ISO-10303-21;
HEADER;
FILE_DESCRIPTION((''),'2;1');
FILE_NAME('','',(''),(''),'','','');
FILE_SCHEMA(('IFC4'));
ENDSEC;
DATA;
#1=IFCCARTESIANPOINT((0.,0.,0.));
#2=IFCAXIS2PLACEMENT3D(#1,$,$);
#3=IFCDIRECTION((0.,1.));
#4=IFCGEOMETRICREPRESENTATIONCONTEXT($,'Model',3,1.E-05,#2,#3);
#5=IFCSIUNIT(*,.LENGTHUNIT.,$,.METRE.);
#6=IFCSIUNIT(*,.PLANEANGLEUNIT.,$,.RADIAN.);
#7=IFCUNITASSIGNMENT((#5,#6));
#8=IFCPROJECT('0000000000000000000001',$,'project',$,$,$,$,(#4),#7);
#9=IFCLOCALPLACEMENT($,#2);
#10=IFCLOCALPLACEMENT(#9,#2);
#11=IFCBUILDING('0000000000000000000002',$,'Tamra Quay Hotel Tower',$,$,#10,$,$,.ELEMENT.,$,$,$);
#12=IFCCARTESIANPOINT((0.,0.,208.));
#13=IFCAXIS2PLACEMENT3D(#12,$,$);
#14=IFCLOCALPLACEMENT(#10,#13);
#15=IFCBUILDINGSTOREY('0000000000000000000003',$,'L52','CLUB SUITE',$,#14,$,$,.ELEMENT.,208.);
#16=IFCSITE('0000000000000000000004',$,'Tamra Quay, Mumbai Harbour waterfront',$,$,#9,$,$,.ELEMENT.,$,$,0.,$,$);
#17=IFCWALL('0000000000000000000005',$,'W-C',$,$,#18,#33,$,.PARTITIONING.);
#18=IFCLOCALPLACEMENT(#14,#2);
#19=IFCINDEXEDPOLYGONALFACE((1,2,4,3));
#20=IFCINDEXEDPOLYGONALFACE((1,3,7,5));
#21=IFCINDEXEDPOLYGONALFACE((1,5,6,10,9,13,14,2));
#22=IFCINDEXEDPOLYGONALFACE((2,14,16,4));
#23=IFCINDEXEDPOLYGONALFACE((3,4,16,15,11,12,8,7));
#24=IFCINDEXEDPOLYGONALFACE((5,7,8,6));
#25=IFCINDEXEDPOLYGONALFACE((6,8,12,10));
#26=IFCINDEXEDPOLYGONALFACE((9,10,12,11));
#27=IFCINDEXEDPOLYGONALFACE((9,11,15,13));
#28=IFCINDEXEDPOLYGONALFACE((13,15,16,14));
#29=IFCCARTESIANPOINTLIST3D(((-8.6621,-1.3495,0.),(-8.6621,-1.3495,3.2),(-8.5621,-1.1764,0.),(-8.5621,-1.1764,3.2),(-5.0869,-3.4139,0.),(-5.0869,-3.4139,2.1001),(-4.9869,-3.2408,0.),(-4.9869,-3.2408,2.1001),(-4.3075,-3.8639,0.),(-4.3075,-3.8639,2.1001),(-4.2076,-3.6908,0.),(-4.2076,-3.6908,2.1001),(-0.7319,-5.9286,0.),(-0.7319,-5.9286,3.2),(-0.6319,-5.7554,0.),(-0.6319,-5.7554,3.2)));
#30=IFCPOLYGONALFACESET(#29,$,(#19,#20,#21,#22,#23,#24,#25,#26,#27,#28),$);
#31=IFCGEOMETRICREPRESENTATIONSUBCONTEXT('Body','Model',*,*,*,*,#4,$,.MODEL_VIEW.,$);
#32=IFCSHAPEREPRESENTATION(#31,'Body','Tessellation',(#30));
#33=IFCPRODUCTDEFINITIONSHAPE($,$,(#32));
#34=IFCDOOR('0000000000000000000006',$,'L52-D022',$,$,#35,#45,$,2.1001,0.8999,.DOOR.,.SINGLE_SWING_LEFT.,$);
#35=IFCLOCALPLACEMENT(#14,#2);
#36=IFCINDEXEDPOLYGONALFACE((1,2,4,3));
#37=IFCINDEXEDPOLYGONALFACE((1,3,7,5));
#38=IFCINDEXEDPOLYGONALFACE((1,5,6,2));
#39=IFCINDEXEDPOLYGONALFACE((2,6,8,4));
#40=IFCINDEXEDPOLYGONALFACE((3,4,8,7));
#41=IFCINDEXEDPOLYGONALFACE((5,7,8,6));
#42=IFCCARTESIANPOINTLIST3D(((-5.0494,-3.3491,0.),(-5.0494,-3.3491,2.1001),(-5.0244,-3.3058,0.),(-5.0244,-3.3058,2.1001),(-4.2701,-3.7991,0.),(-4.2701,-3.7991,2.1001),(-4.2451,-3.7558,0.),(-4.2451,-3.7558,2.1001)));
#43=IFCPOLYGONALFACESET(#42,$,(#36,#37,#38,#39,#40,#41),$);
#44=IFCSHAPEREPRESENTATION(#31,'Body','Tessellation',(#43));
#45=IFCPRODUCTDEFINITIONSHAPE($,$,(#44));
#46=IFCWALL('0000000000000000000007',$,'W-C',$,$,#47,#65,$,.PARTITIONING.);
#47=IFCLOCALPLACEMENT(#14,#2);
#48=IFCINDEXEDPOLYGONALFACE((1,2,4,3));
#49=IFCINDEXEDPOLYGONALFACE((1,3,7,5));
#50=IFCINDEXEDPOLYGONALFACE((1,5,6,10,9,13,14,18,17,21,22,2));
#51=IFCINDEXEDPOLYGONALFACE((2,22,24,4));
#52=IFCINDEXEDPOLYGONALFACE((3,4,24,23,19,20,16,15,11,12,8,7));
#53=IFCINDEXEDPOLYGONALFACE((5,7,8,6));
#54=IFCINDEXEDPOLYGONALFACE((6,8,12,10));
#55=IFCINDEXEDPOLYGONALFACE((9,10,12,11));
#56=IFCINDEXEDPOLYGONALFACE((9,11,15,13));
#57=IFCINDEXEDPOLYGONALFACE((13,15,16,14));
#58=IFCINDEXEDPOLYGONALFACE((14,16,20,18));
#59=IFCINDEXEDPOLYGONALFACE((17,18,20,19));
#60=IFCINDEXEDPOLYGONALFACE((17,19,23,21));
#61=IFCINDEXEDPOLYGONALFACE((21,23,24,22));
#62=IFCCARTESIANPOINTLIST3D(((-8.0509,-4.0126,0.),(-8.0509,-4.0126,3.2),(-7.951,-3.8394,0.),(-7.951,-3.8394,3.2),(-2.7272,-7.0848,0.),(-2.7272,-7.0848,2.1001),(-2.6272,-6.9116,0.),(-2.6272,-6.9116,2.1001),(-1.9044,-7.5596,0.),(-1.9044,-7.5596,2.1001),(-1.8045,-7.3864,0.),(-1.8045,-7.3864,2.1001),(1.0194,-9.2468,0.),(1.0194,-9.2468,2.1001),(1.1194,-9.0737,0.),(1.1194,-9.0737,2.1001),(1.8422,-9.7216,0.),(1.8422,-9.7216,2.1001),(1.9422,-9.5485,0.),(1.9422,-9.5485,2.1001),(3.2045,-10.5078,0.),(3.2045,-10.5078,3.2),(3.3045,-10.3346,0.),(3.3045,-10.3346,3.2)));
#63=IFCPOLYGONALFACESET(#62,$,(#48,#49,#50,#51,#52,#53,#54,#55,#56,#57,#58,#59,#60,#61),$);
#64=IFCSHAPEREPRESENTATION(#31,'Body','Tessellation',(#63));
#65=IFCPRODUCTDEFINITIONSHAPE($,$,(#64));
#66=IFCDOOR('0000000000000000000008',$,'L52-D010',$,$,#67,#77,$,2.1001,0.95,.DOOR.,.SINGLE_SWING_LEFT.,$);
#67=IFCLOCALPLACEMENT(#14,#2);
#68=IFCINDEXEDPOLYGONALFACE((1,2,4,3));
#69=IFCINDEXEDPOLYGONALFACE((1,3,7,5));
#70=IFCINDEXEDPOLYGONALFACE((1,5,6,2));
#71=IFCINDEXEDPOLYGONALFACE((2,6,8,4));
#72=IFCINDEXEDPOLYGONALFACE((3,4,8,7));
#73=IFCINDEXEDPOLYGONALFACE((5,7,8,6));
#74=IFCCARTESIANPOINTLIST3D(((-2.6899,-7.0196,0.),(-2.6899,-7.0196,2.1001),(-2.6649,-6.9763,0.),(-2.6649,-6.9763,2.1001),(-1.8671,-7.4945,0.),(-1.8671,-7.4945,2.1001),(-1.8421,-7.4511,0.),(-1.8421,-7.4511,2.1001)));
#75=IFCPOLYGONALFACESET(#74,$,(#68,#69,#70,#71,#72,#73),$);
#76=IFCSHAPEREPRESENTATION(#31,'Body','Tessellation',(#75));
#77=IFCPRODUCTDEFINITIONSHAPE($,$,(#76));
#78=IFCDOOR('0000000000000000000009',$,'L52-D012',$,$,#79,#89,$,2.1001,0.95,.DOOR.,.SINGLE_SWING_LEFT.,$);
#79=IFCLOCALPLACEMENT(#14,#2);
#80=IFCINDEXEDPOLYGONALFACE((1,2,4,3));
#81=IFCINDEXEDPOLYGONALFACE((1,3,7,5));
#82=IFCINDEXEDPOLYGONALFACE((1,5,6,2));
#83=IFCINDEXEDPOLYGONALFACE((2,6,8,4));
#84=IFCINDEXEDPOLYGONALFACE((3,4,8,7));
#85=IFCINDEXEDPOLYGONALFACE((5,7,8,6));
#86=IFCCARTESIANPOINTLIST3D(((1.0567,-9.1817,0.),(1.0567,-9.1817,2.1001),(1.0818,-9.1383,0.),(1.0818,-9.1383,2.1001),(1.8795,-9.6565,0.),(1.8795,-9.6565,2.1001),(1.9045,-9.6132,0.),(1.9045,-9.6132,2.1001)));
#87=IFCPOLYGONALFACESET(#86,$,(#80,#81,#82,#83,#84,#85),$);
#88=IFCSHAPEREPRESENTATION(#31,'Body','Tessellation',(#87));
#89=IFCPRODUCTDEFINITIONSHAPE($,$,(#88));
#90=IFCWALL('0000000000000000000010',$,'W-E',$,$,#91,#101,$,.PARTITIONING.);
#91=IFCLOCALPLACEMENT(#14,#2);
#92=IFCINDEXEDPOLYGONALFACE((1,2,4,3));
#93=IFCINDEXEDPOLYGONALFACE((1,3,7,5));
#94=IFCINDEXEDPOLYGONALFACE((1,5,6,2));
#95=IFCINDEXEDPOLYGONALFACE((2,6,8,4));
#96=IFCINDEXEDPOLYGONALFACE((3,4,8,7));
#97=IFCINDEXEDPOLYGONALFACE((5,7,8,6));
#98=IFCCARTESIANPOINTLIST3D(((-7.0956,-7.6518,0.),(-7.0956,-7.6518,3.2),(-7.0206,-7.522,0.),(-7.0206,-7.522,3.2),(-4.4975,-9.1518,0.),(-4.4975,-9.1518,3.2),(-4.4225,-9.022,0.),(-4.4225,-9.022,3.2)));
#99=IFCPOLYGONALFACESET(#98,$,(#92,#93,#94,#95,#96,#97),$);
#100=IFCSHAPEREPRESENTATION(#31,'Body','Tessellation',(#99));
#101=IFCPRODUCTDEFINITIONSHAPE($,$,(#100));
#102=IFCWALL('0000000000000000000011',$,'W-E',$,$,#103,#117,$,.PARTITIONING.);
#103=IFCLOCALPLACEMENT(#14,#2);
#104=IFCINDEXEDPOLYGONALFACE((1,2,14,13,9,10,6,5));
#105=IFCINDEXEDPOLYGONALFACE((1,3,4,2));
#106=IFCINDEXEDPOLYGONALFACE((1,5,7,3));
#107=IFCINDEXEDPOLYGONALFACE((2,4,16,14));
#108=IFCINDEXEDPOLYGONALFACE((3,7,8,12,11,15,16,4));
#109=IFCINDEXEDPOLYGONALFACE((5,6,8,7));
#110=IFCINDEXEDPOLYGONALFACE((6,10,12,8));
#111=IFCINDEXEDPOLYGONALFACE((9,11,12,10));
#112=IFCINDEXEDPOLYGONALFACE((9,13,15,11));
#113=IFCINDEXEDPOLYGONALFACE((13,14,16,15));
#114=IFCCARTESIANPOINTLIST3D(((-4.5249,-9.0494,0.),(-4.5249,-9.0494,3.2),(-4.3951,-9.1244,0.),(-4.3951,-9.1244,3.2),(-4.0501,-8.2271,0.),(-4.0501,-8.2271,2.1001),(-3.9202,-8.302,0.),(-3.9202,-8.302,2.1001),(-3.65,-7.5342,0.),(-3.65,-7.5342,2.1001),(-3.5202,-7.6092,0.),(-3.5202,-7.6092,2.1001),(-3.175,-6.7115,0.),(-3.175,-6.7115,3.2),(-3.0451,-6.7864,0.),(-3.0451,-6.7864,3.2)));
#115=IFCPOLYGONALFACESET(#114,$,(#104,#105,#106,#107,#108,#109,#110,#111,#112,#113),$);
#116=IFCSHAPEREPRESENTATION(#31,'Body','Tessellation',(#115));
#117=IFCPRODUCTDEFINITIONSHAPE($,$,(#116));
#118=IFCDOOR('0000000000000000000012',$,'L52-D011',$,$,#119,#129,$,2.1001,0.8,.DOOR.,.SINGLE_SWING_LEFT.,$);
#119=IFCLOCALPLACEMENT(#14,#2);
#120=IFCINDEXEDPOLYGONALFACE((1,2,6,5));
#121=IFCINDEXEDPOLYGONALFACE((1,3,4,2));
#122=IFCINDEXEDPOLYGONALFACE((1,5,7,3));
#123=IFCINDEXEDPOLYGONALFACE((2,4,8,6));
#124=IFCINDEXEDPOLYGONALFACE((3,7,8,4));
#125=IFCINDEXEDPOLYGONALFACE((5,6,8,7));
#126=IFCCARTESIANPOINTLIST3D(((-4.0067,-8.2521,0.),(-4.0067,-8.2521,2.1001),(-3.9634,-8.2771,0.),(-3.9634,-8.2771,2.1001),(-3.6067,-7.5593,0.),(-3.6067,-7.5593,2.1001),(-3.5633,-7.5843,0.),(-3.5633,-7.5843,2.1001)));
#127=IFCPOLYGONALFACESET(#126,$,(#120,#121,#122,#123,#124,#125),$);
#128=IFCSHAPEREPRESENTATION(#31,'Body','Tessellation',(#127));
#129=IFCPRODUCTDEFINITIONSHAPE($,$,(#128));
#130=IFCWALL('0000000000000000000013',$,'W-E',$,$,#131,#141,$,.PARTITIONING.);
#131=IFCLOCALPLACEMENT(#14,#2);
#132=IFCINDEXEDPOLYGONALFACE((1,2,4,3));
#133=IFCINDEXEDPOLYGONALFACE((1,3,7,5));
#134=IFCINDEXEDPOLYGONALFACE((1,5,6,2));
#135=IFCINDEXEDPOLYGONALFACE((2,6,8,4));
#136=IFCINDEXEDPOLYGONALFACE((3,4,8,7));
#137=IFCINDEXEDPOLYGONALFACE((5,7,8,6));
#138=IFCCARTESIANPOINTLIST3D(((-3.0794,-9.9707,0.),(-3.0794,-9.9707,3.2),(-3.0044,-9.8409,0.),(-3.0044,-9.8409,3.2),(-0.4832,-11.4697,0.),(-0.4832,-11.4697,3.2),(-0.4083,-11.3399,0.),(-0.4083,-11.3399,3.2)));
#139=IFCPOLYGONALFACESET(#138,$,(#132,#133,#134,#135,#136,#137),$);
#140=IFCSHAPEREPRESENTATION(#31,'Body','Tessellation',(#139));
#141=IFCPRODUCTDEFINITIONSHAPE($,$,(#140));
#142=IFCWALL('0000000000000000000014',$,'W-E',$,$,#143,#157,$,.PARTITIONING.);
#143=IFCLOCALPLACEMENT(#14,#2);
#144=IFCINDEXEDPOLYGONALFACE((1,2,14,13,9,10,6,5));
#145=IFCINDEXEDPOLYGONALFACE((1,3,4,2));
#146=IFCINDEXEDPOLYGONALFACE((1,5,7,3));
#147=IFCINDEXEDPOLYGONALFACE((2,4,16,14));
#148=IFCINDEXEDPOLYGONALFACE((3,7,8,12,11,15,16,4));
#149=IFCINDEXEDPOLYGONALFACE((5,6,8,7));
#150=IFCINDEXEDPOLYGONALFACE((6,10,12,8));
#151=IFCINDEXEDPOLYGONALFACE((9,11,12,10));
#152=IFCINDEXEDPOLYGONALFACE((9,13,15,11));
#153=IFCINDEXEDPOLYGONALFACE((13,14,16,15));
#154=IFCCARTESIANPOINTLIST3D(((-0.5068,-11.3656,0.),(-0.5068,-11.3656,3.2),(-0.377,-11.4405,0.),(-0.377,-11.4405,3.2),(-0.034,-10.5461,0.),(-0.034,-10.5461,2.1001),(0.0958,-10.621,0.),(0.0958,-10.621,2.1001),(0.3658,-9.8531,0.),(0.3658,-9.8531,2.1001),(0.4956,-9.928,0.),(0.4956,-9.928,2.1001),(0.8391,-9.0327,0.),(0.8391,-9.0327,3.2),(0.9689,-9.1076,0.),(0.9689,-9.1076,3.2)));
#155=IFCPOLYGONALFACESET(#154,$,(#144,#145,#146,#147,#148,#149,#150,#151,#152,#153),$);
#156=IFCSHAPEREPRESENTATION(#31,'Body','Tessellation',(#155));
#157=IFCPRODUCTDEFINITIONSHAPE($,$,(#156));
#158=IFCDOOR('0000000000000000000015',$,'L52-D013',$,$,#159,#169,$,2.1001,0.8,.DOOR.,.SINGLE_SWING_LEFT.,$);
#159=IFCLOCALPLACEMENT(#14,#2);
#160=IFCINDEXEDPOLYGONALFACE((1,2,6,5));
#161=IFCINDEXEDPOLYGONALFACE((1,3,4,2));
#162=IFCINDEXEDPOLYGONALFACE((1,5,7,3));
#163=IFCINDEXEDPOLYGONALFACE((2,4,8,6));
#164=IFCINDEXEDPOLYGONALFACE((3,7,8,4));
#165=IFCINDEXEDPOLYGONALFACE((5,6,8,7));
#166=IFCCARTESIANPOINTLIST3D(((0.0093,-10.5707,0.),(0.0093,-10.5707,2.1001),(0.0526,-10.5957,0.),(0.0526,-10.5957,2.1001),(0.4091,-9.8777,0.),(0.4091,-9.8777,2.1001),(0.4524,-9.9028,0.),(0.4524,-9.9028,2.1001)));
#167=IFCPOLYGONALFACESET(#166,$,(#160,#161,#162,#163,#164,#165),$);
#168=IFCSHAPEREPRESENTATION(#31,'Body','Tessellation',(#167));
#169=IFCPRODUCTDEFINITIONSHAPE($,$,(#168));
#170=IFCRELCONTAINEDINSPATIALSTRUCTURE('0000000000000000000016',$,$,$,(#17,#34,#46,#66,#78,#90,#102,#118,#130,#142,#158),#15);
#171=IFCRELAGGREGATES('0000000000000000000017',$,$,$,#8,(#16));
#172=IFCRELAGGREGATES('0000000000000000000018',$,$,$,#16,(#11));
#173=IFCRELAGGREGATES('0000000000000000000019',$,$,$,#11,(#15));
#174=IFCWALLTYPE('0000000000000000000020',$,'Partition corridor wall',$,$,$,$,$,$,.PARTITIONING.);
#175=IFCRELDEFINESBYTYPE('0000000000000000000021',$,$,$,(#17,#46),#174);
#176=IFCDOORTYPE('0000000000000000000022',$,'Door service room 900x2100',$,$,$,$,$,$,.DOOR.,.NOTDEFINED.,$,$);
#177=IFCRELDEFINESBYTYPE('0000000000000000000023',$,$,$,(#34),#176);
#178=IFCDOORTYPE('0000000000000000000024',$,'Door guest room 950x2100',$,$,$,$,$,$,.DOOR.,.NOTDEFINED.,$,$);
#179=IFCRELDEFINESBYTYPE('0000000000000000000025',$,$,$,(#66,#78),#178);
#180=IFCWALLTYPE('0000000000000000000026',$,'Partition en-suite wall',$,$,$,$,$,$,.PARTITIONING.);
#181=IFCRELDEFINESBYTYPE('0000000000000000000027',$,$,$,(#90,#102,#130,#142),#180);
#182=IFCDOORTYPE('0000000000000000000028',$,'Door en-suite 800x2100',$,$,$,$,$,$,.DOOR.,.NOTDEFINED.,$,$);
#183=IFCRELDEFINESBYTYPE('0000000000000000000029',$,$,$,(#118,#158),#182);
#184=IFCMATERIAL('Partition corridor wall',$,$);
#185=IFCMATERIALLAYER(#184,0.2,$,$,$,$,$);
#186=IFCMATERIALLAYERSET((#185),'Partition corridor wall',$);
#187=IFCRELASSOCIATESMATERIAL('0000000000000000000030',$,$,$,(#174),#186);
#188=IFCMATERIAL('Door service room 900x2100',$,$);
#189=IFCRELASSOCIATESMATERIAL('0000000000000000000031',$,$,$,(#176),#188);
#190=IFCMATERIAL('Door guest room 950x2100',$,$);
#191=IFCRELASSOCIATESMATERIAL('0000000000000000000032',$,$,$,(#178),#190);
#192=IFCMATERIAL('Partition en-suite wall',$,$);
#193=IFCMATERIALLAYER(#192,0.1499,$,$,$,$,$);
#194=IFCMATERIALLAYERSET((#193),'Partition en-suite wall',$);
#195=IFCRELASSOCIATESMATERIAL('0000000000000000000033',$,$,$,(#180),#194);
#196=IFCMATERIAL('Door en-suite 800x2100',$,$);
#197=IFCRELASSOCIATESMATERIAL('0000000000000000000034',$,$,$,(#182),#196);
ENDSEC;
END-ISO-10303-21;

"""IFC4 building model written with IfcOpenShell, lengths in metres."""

from ifc_helpers import new_model, si_unit, direction, frame, frame_2d, origin, place, context, subcontext, project, spatial, rectangle, extrude, material, layer, layer_set, type_object, element, fill, save


model = new_model("IFC4")

# Units and contexts
model_context = context("Model", 3, precision=1e-05, world=origin(), true_north=direction((0.0, 1.0)))
body_context = subcontext(model_context, "Body", "Model", "MODEL_VIEW")
ifc_project = project(units=[si_unit("LENGTHUNIT", "METRE"), si_unit("PLANEANGLEUNIT", "RADIAN")], contexts=[model_context])

# Site, building, storey
site_placement = place(None, origin())
site = spatial("IfcSite", under=ifc_project, at=site_placement, Name="Tamra Quay, Mumbai Harbour waterfront", CompositionType="ELEMENT", RefElevation=0.0)
building_placement = place(site_placement, origin())
building = spatial("IfcBuilding", under=site, at=building_placement, Name="Tamra Quay Hotel Tower", CompositionType="ELEMENT")
storey_placement = place(building_placement, frame((0.0, 0.0, 208.0)))
storey = spatial("IfcBuildingStorey", under=building, at=storey_placement, Name="L52", Description="CLUB SUITE", CompositionType="ELEMENT", Elevation=208.0)

# Shared definitions
ifc_material_1 = material(Name="Partition corridor wall")
ifc_layer_1 = layer(ifc_material_1, 0.2)
ifc_layer_set_1 = layer_set([ifc_layer_1], Name="Partition corridor wall")
wall_type_1 = type_object("IfcWallType", Name="Partition corridor wall", PredefinedType="PARTITIONING", material=ifc_layer_set_1)

# Wall, opening, door
wall_1_placement = place(storey_placement, frame((-8.6121, -1.2629, 0.0), z_axis=(0.0, 0.0, 1.0), x_axis=(0.865996, -0.50005, 0.0)))
wall_1 = element("IfcWall", 1, at=wall_1_placement, inside=storey, type_object=wall_type_1, Name="W-C", PredefinedType="PARTITIONING", context=body_context, shape_type="SweptSolid", body=[
    extrude(rectangle(XDim=9.1572, YDim=0.2, at=frame_2d((4.5786, 0.0))), origin(), (0.0, 0.0, 1.0), 3.2),
])
opening_1_placement = place(wall_1_placement, frame((4.1284, 0.0, 0.0)))
opening_1 = element("IfcOpeningElement", 2, at=opening_1_placement, cuts=wall_1, PredefinedType="OPENING", context=body_context, shape_type="SweptSolid", body=[
    extrude(rectangle(XDim=0.8999, YDim=2.1001, at=frame_2d((0.45, 1.05))), frame((0.0, 0.1099, 0.0), z_axis=(0.0, -1.0, 0.0), x_axis=(1.0, 0.0, 0.0)), (0.0, 0.0, 1.0), 0.22),
])
ifc_material_2 = material(Name="Door service room 900x2100")
door_type_1 = type_object("IfcDoorType", Name="Door service room 900x2100", OperationType="NOTDEFINED", PredefinedType="DOOR", material=ifc_material_2)
door_1_placement = place(opening_1_placement, origin())
door_1 = element("IfcDoor", 3, at=door_1_placement, inside=storey, type_object=door_type_1, Name="L52-D022", OperationType="SINGLE_SWING_LEFT", OverallHeight=2.1001, OverallWidth=0.8999, PredefinedType="DOOR", context=body_context, shape_type="SweptSolid", body=[
    extrude(rectangle(XDim=0.8999, YDim=2.1001, at=frame_2d((0.45, 1.05))), frame((0.0, 0.0249, 0.0), z_axis=(0.0, -1.0, 0.0), x_axis=(1.0, 0.0, 0.0)), (0.0, 0.0, 1.0), 0.05),
])
fill(opening_1, door_1)

# Wall, openings, doors
wall_2_placement = place(storey_placement, frame((-8.001, -3.926, 0.0), z_axis=(0.0, 0.0, 1.0), x_axis=(0.866131, -0.499817, 0.0)))
wall_2 = element("IfcWall", 4, at=wall_2_placement, inside=storey, type_object=wall_type_1, Name="W-C", PredefinedType="PARTITIONING", context=body_context, shape_type="SweptSolid", body=[
    extrude(rectangle(XDim=12.9951, YDim=0.2, at=frame_2d((6.4976, 0.0))), origin(), (0.0, 0.0, 1.0), 3.2),
])
opening_2_placement = place(wall_2_placement, frame((6.1465, 0.0, 0.0)))
opening_2 = element("IfcOpeningElement", 5, at=opening_2_placement, cuts=wall_2, PredefinedType="OPENING", context=body_context, shape_type="SweptSolid", body=[
    extrude(rectangle(XDim=0.95, YDim=2.1001, at=frame_2d((0.4751, 1.05))), frame((0.0, 0.1099, 0.0), z_axis=(0.0, -1.0, 0.0), x_axis=(1.0, 0.0, 0.0)), (0.0, 0.0, 1.0), 0.22),
])
opening_3_placement = place(wall_2_placement, frame((10.4722, 0.0, 0.0)))
opening_3 = element("IfcOpeningElement", 6, at=opening_3_placement, cuts=wall_2, PredefinedType="OPENING", context=body_context, shape_type="SweptSolid", body=[
    extrude(rectangle(XDim=0.95, YDim=2.1001, at=frame_2d((0.4751, 1.05))), frame((0.0, 0.1099, 0.0), z_axis=(0.0, -1.0, 0.0), x_axis=(1.0, 0.0, 0.0)), (0.0, 0.0, 1.0), 0.22),
])
ifc_material_3 = material(Name="Door guest room 950x2100")
door_type_2 = type_object("IfcDoorType", Name="Door guest room 950x2100", OperationType="NOTDEFINED", PredefinedType="DOOR", material=ifc_material_3)
door_2_placement = place(opening_2_placement, frame((0.95, 0.0, 0.0), z_axis=(0.0, 0.0, 1.0), x_axis=(-1.0, 0.0, 0.0)))
door_2 = element("IfcDoor", 7, at=door_2_placement, inside=storey, type_object=door_type_2, Name="L52-D010", OperationType="SINGLE_SWING_LEFT", OverallHeight=2.1001, OverallWidth=0.95, PredefinedType="DOOR", context=body_context, shape_type="SweptSolid", body=[
    extrude(rectangle(XDim=0.95, YDim=2.1001, at=frame_2d((0.4751, 1.05))), frame((0.0, 0.0249, 0.0), z_axis=(0.0, -1.0, 0.0), x_axis=(1.0, 0.0, 0.0)), (0.0, 0.0, 1.0), 0.05),
])
fill(opening_2, door_2)
door_3_placement = place(opening_3_placement, frame((0.95, 0.0, 0.0), z_axis=(0.0, 0.0, 1.0), x_axis=(-1.0, 0.0, 0.0)))
door_3 = element("IfcDoor", 8, at=door_3_placement, inside=storey, type_object=door_type_2, Name="L52-D012", OperationType="SINGLE_SWING_LEFT", OverallHeight=2.1001, OverallWidth=0.95, PredefinedType="DOOR", context=body_context, shape_type="SweptSolid", body=[
    extrude(rectangle(XDim=0.95, YDim=2.1001, at=frame_2d((0.4751, 1.05))), frame((0.0, 0.0249, 0.0), z_axis=(0.0, -1.0, 0.0), x_axis=(1.0, 0.0, 0.0)), (0.0, 0.0, 1.0), 0.05),
])
fill(opening_3, door_3)

# Wall
ifc_material_4 = material(Name="Partition en-suite wall")
ifc_layer_2 = layer(ifc_material_4, 0.1499)
ifc_layer_set_2 = layer_set([ifc_layer_2], Name="Partition en-suite wall")
wall_type_2 = type_object("IfcWallType", Name="Partition en-suite wall", PredefinedType="PARTITIONING", material=ifc_layer_set_2)
wall_3_placement = place(storey_placement, frame((-7.0581, -7.5869, 0.0), z_axis=(0.0, 0.0, 1.0), x_axis=(0.866031, -0.49999, 0.0)))
element("IfcWall", 9, at=wall_3_placement, inside=storey, type_object=wall_type_2, Name="W-E", PredefinedType="PARTITIONING", context=body_context, shape_type="SweptSolid", body=[
    extrude(rectangle(XDim=3.0, YDim=0.1499, at=frame_2d((1.5, 0.0))), origin(), (0.0, 0.0, 1.0), 3.2),
])

# Wall, opening, door
wall_4_placement = place(storey_placement, frame((-4.46, -9.0869, 0.0), z_axis=(0.0, 0.0, 1.0), x_axis=(0.50002, 0.866014, 0.0)))
wall_4 = element("IfcWall", 10, at=wall_4_placement, inside=storey, type_object=wall_type_2, Name="W-E", PredefinedType="PARTITIONING", context=body_context, shape_type="SweptSolid", body=[
    extrude(rectangle(XDim=2.6997, YDim=0.1499, at=frame_2d((1.3499, 0.0))), origin(), (0.0, 0.0, 1.0), 3.2),
])
opening_4_placement = place(wall_4_placement, frame((0.9497, 0.0, 0.0)))
opening_4 = element("IfcOpeningElement", 11, at=opening_4_placement, cuts=wall_4, PredefinedType="OPENING", context=body_context, shape_type="SweptSolid", body=[
    extrude(rectangle(XDim=0.8, YDim=2.1001, at=frame_2d((0.3999, 1.05))), frame((0.0, 0.085, 0.0), z_axis=(0.0, -1.0, 0.0), x_axis=(1.0, 0.0, 0.0)), (0.0, 0.0, 1.0), 0.1699),
])
ifc_material_5 = material(Name="Door en-suite 800x2100")
door_type_3 = type_object("IfcDoorType", Name="Door en-suite 800x2100", OperationType="NOTDEFINED", PredefinedType="DOOR", material=ifc_material_5)
door_4_placement = place(opening_4_placement, origin())
door_4 = element("IfcDoor", 12, at=door_4_placement, inside=storey, type_object=door_type_3, Name="L52-D011", OperationType="SINGLE_SWING_LEFT", OverallHeight=2.1001, OverallWidth=0.8, PredefinedType="DOOR", context=body_context, shape_type="SweptSolid", body=[
    extrude(rectangle(XDim=0.8, YDim=2.1001, at=frame_2d((0.3999, 1.05))), frame((0.0, 0.0249, 0.0), z_axis=(0.0, -1.0, 0.0), x_axis=(1.0, 0.0, 0.0)), (0.0, 0.0, 1.0), 0.05),
])
fill(opening_4, door_4)

# Wall
wall_5_placement = place(storey_placement, frame((-3.042, -9.9058, 0.0), z_axis=(0.0, 0.0, 1.0), x_axis=(0.866009, -0.500028, 0.0)))
element("IfcWall", 13, at=wall_5_placement, inside=storey, type_object=wall_type_2, Name="W-E", PredefinedType="PARTITIONING", context=body_context, shape_type="SweptSolid", body=[
    extrude(rectangle(XDim=2.9978, YDim=0.1499, at=frame_2d((1.499, 0.0))), origin(), (0.0, 0.0, 1.0), 3.2),
])

# Wall, opening, door
wall_6_placement = place(storey_placement, frame((-0.4419, -11.4031, 0.0), z_axis=(0.0, 0.0, 1.0), x_axis=(0.499717, 0.866189, 0.0)))
wall_6 = element("IfcWall", 14, at=wall_6_placement, inside=storey, type_object=wall_type_2, Name="W-E", PredefinedType="PARTITIONING", context=body_context, shape_type="SweptSolid", body=[
    extrude(rectangle(XDim=2.6934, YDim=0.1499, at=frame_2d((1.3467, 0.0))), origin(), (0.0, 0.0, 1.0), 3.2),
])
opening_5_placement = place(wall_6_placement, frame((0.9463, 0.0, 0.0)))
opening_5 = element("IfcOpeningElement", 15, at=opening_5_placement, cuts=wall_6, PredefinedType="OPENING", context=body_context, shape_type="SweptSolid", body=[
    extrude(rectangle(XDim=0.8, YDim=2.1001, at=frame_2d((0.3999, 1.05))), frame((0.0, 0.085, 0.0), z_axis=(0.0, -1.0, 0.0), x_axis=(1.0, 0.0, 0.0)), (0.0, 0.0, 1.0), 0.1699),
])
door_5_placement = place(opening_5_placement, frame((0.8, 0.0, 0.0), z_axis=(0.0, 0.0, 1.0), x_axis=(-1.0, 0.0, 0.0)))
door_5 = element("IfcDoor", 16, at=door_5_placement, inside=storey, type_object=door_type_3, Name="L52-D013", OperationType="SINGLE_SWING_LEFT", OverallHeight=2.1001, OverallWidth=0.8, PredefinedType="DOOR", context=body_context, shape_type="SweptSolid", body=[
    extrude(rectangle(XDim=0.8, YDim=2.1001, at=frame_2d((0.3999, 1.05))), frame((0.0, 0.0249, 0.0), z_axis=(0.0, -1.0, 0.0), x_axis=(1.0, 0.0, 0.0)), (0.0, 0.0, 1.0), 0.05),
])
fill(opening_5, door_5)

save(model, "model.ifc")
